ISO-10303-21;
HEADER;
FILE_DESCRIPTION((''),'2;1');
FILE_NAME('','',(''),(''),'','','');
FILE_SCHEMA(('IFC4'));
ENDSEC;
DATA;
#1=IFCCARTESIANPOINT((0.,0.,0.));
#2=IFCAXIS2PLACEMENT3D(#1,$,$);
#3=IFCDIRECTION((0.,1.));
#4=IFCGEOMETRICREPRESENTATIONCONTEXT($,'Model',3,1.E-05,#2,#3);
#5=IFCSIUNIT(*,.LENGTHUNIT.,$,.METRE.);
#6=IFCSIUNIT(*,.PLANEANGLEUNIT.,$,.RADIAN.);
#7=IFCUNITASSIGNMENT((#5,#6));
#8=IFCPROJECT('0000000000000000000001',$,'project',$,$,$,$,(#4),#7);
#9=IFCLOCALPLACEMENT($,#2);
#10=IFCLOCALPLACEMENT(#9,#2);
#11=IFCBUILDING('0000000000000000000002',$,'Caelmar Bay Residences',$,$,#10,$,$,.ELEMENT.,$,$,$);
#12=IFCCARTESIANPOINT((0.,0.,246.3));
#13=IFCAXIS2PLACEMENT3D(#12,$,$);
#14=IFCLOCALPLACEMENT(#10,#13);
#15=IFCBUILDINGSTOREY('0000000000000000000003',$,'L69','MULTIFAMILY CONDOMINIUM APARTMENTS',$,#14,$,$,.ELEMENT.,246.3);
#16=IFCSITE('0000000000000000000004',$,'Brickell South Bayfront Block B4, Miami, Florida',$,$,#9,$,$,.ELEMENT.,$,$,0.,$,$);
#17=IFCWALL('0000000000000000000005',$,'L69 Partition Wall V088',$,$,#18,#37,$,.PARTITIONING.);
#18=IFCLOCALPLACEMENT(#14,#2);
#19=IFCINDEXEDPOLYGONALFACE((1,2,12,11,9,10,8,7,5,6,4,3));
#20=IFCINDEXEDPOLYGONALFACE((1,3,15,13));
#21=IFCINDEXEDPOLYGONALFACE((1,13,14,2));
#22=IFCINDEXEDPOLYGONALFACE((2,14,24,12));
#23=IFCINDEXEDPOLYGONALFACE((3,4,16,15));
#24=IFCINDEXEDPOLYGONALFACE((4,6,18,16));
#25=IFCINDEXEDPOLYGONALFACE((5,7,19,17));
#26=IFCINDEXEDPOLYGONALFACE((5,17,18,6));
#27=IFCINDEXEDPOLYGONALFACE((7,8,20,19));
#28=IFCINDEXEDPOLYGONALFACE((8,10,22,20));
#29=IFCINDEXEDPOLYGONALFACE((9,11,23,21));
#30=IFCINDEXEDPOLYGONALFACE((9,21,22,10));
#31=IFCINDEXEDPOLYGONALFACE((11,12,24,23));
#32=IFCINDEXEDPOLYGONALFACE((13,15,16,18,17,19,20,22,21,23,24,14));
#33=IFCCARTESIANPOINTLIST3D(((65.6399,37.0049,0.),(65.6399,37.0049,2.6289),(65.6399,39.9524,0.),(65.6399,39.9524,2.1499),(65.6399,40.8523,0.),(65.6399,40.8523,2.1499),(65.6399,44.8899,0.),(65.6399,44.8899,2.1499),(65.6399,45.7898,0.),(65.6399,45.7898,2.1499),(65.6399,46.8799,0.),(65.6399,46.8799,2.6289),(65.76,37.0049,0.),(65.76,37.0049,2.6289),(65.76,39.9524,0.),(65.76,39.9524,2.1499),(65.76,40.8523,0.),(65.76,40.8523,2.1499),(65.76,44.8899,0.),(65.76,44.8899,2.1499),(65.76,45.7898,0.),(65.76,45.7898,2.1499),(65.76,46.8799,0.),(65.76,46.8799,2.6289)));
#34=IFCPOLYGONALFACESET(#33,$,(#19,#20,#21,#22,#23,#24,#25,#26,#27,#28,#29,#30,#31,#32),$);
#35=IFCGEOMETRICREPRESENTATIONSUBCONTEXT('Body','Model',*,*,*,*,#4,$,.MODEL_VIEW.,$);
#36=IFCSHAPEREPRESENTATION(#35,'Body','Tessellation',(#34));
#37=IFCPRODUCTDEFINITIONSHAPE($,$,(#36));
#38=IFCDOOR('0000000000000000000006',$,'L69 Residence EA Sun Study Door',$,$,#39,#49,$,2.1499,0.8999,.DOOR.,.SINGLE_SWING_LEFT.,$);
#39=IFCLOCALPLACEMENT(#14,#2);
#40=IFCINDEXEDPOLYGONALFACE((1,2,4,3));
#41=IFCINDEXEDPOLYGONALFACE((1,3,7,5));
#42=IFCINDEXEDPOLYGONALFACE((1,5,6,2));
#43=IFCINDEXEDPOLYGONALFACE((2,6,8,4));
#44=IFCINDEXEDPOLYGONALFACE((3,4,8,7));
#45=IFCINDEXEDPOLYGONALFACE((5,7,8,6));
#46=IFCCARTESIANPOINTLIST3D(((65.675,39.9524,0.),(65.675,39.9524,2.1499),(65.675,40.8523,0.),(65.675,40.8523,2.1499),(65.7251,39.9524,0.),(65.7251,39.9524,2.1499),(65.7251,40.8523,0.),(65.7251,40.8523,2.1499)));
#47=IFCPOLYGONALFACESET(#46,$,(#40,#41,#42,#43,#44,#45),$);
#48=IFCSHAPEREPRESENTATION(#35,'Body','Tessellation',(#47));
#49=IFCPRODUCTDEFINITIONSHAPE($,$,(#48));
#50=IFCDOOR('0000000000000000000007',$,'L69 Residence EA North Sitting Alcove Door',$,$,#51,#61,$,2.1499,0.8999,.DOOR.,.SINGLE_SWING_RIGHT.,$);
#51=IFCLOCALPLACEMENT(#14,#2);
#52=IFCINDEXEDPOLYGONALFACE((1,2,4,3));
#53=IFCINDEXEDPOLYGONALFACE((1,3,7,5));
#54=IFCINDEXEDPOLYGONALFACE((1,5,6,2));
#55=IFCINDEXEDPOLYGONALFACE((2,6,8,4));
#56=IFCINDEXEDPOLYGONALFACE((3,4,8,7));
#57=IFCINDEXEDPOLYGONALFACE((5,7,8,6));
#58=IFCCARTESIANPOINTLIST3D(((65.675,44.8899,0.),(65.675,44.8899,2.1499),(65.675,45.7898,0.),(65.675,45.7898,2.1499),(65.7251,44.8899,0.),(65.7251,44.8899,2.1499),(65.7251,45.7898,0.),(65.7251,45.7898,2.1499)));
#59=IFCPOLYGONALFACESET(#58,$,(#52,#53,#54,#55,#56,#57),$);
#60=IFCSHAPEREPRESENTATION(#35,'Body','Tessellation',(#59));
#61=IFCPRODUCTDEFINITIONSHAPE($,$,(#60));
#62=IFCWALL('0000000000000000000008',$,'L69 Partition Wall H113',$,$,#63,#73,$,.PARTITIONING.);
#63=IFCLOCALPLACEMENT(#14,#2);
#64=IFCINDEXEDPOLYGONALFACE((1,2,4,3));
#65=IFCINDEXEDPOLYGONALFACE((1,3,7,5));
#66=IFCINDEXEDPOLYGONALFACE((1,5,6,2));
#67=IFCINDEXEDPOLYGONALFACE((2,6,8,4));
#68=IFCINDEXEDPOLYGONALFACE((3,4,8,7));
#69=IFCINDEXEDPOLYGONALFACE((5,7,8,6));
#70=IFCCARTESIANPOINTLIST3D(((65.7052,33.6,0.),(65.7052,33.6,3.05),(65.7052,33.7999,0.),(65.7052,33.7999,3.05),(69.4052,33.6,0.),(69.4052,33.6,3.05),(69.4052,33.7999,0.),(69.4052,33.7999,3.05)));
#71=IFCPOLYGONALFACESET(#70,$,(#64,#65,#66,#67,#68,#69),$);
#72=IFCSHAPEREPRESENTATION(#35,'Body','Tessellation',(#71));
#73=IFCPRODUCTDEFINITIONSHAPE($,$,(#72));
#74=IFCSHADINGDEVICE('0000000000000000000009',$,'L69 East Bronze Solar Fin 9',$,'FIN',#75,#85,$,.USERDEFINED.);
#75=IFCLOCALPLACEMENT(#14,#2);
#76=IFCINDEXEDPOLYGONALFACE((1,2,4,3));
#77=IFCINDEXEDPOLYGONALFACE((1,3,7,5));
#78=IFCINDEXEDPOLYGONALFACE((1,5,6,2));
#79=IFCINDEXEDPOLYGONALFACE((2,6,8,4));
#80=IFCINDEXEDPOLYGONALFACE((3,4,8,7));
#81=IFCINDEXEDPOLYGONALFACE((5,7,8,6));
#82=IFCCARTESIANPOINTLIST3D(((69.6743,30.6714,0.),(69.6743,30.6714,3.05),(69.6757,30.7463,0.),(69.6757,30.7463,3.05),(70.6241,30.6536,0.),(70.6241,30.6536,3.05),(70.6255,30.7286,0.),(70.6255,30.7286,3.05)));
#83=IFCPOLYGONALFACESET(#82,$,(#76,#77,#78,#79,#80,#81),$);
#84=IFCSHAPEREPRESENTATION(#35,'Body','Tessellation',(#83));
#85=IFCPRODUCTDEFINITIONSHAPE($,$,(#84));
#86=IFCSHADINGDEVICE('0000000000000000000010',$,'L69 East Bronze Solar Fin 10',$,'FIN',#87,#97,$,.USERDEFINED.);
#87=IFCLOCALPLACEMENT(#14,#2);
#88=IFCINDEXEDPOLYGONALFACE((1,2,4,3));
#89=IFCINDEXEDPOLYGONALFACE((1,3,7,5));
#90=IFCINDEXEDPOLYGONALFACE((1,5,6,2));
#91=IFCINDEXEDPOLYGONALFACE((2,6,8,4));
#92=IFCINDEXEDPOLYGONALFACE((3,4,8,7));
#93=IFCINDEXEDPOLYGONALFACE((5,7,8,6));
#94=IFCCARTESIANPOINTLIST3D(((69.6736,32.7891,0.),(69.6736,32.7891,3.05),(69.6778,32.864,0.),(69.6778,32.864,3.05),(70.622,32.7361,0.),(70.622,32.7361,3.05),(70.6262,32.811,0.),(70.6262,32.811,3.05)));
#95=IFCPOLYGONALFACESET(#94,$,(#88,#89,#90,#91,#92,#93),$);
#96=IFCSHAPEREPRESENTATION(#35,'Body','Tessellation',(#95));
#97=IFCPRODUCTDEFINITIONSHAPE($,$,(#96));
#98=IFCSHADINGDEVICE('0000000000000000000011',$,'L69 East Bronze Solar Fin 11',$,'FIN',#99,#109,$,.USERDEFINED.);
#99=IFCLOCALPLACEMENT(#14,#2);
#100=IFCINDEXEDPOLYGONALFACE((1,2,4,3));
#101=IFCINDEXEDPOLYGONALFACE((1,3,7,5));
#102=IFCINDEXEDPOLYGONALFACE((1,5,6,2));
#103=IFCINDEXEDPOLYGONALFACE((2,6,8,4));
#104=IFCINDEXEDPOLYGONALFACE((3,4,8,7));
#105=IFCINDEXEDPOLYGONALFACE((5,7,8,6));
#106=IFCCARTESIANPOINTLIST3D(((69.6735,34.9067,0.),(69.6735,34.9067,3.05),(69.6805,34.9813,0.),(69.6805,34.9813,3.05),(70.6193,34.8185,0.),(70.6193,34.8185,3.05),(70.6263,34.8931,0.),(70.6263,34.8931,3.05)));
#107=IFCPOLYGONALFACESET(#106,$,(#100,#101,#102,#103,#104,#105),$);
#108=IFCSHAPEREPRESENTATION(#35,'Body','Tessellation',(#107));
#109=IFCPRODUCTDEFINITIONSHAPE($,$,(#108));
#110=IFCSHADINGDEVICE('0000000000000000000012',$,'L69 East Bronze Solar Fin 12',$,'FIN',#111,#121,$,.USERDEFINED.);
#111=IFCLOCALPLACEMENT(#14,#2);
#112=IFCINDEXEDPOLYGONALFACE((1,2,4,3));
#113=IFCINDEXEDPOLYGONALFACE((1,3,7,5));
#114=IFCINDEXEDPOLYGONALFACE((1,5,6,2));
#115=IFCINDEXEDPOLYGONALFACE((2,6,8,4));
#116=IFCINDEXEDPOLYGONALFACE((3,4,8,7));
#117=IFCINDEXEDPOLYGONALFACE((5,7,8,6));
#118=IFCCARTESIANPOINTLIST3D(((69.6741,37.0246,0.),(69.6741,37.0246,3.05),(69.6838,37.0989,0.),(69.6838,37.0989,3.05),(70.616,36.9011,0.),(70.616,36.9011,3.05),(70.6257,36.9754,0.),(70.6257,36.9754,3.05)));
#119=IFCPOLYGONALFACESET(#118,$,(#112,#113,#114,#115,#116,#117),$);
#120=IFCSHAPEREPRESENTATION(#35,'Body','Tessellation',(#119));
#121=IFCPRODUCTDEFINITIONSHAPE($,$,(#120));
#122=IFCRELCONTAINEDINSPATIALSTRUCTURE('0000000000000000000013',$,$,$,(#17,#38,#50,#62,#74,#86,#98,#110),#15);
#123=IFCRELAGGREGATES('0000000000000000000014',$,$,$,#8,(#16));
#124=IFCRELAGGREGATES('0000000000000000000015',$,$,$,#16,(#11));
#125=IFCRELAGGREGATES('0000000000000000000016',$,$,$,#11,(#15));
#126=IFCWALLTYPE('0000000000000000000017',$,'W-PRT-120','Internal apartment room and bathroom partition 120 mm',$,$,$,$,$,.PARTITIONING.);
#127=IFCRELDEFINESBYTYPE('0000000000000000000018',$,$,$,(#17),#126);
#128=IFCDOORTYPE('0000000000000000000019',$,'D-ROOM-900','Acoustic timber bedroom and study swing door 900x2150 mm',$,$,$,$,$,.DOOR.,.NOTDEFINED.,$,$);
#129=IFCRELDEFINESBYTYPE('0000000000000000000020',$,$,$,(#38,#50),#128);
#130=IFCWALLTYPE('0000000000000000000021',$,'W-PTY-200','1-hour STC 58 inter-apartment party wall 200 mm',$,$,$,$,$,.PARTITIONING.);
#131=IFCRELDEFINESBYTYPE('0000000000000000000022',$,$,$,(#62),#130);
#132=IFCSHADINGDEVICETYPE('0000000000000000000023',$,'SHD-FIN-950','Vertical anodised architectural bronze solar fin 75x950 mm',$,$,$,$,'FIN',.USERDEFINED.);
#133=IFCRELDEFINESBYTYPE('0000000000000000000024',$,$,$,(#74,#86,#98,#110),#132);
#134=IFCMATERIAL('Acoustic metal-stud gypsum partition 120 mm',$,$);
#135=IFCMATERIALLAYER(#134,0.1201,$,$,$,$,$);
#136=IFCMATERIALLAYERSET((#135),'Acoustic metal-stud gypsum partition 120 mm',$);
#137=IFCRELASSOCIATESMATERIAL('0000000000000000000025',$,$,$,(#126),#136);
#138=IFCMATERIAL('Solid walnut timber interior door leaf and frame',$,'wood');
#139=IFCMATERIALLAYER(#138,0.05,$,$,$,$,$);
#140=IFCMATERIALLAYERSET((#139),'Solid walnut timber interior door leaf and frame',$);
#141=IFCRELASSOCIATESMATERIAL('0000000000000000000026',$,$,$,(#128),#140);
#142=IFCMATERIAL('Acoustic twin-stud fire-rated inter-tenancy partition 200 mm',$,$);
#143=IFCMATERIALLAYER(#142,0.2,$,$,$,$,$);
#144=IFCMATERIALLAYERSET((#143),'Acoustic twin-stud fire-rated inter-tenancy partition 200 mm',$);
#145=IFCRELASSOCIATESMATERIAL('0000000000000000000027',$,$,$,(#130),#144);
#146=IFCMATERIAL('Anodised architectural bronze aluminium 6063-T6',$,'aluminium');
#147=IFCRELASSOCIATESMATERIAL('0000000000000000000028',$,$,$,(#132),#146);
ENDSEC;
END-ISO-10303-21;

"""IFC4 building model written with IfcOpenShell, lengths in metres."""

from ifc_helpers import new_model, si_unit, direction, frame, frame_2d, origin, origin_2d, place, context, subcontext, project, spatial, rectangle, extrude, material, layer, layer_set, material_profile, profile_set, type_object, element, fill, save


model = new_model("IFC4")

# Units and contexts
model_context = context("Model", 3, precision=1e-05, world=origin(), true_north=direction((0.0, 1.0)))
body_context = subcontext(model_context, "Body", "Model", "MODEL_VIEW")
ifc_project = project(units=[si_unit("LENGTHUNIT", "METRE"), si_unit("PLANEANGLEUNIT", "RADIAN")], contexts=[model_context])

# Site, building, storey
site_placement = place(None, origin())
site = spatial("IfcSite", under=ifc_project, at=site_placement, Name="Brickell South Bayfront Block B4, Miami, Florida", CompositionType="ELEMENT", RefElevation=0.0)
building_placement = place(site_placement, origin())
building = spatial("IfcBuilding", under=site, at=building_placement, Name="Caelmar Bay Residences", CompositionType="ELEMENT")
storey_placement = place(building_placement, frame((0.0, 0.0, 246.3)))
storey = spatial("IfcBuildingStorey", under=building, at=storey_placement, Name="L69", Description="MULTIFAMILY CONDOMINIUM APARTMENTS", CompositionType="ELEMENT", Elevation=246.3)

# Shared definitions
ifc_material_1 = material(Name="Acoustic metal-stud gypsum partition 120 mm")
ifc_layer_1 = layer(ifc_material_1, 0.1201)
ifc_layer_set_1 = layer_set([ifc_layer_1], Name="Acoustic metal-stud gypsum partition 120 mm")
wall_type_1 = type_object("IfcWallType", Name="W-PRT-120", Description="Internal apartment room and bathroom partition 120 mm", PredefinedType="PARTITIONING", material=ifc_layer_set_1)
ifc_material_2 = material(Name="Solid walnut timber interior door leaf and frame", Category="wood")

# Wall, openings, doors
wall_1_placement = place(storey_placement, frame((65.7, 37.0049, 0.0), z_axis=(0.0, 0.0, 1.0), x_axis=(0.0, 1.0, 0.0)))
wall_1 = element("IfcWall", 1, at=wall_1_placement, inside=storey, type_object=wall_type_1, Name="L69 Partition Wall V088", PredefinedType="PARTITIONING", context=body_context, shape_type="SweptSolid", body=[
    extrude(rectangle(XDim=9.875, YDim=0.1201, at=frame_2d((4.9375, 0.0))), origin(), (0.0, 0.0, 1.0), 2.6289),
])
opening_1_placement = place(wall_1_placement, frame((2.9475, 0.0, 0.0)))
opening_1 = element("IfcOpeningElement", 2, at=opening_1_placement, cuts=wall_1, PredefinedType="OPENING", context=body_context, shape_type="SweptSolid", body=[
    extrude(rectangle(XDim=0.8999, YDim=2.1499, at=frame_2d((0.45, 1.075))), frame((0.0, 0.0701, 0.0), z_axis=(0.0, -1.0, 0.0), x_axis=(1.0, 0.0, 0.0)), (0.0, 0.0, 1.0), 0.1401),
])
opening_2_placement = place(wall_1_placement, frame((7.885, 0.0, 0.0)))
opening_2 = element("IfcOpeningElement", 3, at=opening_2_placement, cuts=wall_1, PredefinedType="OPENING", context=body_context, shape_type="SweptSolid", body=[
    extrude(rectangle(XDim=0.8999, YDim=2.1499, at=frame_2d((0.45, 1.075))), frame((0.0, 0.0701, 0.0), z_axis=(0.0, -1.0, 0.0), x_axis=(1.0, 0.0, 0.0)), (0.0, 0.0, 1.0), 0.1401),
])
ifc_layer_2 = layer(ifc_material_2, 0.05)
ifc_layer_set_2 = layer_set([ifc_layer_2], Name="Solid walnut timber interior door leaf and frame")
door_type_1 = type_object("IfcDoorType", Name="D-ROOM-900", Description="Acoustic timber bedroom and study swing door 900x2150 mm", OperationType="NOTDEFINED", PredefinedType="DOOR", material=ifc_layer_set_2)
door_1_placement = place(opening_1_placement, origin())
door_1 = element("IfcDoor", 4, at=door_1_placement, inside=storey, type_object=door_type_1, Name="L69 Residence EA Sun Study Door", OperationType="SINGLE_SWING_LEFT", OverallHeight=2.1499, OverallWidth=0.8999, PredefinedType="DOOR", context=body_context, shape_type="SweptSolid", body=[
    extrude(rectangle(XDim=0.8999, YDim=2.1499, at=frame_2d((0.45, 1.075))), frame((0.0, 0.0249, 0.0), z_axis=(0.0, -1.0, 0.0), x_axis=(1.0, 0.0, 0.0)), (0.0, 0.0, 1.0), 0.05),
])
fill(opening_1, door_1)
door_2_placement = place(opening_2_placement, origin())
door_2 = element("IfcDoor", 5, at=door_2_placement, inside=storey, type_object=door_type_1, Name="L69 Residence EA North Sitting Alcove Door", OperationType="SINGLE_SWING_RIGHT", OverallHeight=2.1499, OverallWidth=0.8999, PredefinedType="DOOR", context=body_context, shape_type="SweptSolid", body=[
    extrude(rectangle(XDim=0.8999, YDim=2.1499, at=frame_2d((0.45, 1.075))), frame((0.0, 0.0249, 0.0), z_axis=(0.0, -1.0, 0.0), x_axis=(1.0, 0.0, 0.0)), (0.0, 0.0, 1.0), 0.05),
])
fill(opening_2, door_2)

# Wall
ifc_material_3 = material(Name="Acoustic twin-stud fire-rated inter-tenancy partition 200 mm")
ifc_layer_3 = layer(ifc_material_3, 0.2)
ifc_layer_set_3 = layer_set([ifc_layer_3], Name="Acoustic twin-stud fire-rated inter-tenancy partition 200 mm")
wall_type_2 = type_object("IfcWallType", Name="W-PTY-200", Description="1-hour STC 58 inter-apartment party wall 200 mm", PredefinedType="PARTITIONING", material=ifc_layer_set_3)
wall_2_placement = place(storey_placement, frame((65.7051, 33.7, 0.0), z_axis=(0.0, 0.0, 1.0), x_axis=(1.0, 0.0, 0.0)))
element("IfcWall", 6, at=wall_2_placement, inside=storey, type_object=wall_type_2, Name="L69 Partition Wall H113", PredefinedType="PARTITIONING", context=body_context, shape_type="SweptSolid", body=[
    extrude(rectangle(XDim=3.7, YDim=0.2, at=frame_2d((1.8501, 0.0))), origin(), (0.0, 0.0, 1.0), 3.05),
])

# Shading devices
ifc_material_4 = material(Name="Anodised architectural bronze aluminium 6063-T6", Category="aluminium")
ifc_material_profile_1 = material_profile(ifc_material_4, rectangle(XDim=0.075, YDim=0.95, at=origin_2d()), Name="BRONZE-FIN-75X950")
ifc_profile_set_1 = profile_set([ifc_material_profile_1], Name="Anodised architectural bronze aluminium 6063-T6")
shading_device_type = type_object("IfcShadingDeviceType", Name="SHD-FIN-950", Description="Vertical anodised architectural bronze solar fin 75x950 mm", ElementType="FIN", PredefinedType="USERDEFINED", material=ifc_profile_set_1)
for number, where, z_axis, x_axis, name in (
    (7, (70.1499, 30.7, 0.0), (0.0, 0.0, 1.0), (0.018674, 0.999826, 0.0), "L69 East Bronze Solar Fin 9"),
    (8, (70.1499, 32.8, 0.0), (0.0, 0.0, 1.0), (0.055822, 0.998441, 0.0), "L69 East Bronze Solar Fin 10"),
    (9, (70.1499, 34.8999, 0.0), (0.0, 0.0, 1.0), (0.092892, 0.995676, 0.0), "L69 East Bronze Solar Fin 11"),
    (10, (70.1499, 37.0, 0.0), (0.0, 0.0, 1.0), (0.130007, 0.991513, 0.0), "L69 East Bronze Solar Fin 12"),
):
    element("IfcShadingDevice", number, at=place(storey_placement, frame(where, z_axis=z_axis, x_axis=x_axis)), inside=storey, type_object=shading_device_type, Name=name, ObjectType="FIN", PredefinedType="USERDEFINED", context=body_context, shape_type="SweptSolid", body=[
        extrude(rectangle(XDim=0.075, YDim=0.95, at=origin_2d()), origin(), (0.0, 0.0, 1.0), 3.05),
    ])

save(model, "model.ifc")
